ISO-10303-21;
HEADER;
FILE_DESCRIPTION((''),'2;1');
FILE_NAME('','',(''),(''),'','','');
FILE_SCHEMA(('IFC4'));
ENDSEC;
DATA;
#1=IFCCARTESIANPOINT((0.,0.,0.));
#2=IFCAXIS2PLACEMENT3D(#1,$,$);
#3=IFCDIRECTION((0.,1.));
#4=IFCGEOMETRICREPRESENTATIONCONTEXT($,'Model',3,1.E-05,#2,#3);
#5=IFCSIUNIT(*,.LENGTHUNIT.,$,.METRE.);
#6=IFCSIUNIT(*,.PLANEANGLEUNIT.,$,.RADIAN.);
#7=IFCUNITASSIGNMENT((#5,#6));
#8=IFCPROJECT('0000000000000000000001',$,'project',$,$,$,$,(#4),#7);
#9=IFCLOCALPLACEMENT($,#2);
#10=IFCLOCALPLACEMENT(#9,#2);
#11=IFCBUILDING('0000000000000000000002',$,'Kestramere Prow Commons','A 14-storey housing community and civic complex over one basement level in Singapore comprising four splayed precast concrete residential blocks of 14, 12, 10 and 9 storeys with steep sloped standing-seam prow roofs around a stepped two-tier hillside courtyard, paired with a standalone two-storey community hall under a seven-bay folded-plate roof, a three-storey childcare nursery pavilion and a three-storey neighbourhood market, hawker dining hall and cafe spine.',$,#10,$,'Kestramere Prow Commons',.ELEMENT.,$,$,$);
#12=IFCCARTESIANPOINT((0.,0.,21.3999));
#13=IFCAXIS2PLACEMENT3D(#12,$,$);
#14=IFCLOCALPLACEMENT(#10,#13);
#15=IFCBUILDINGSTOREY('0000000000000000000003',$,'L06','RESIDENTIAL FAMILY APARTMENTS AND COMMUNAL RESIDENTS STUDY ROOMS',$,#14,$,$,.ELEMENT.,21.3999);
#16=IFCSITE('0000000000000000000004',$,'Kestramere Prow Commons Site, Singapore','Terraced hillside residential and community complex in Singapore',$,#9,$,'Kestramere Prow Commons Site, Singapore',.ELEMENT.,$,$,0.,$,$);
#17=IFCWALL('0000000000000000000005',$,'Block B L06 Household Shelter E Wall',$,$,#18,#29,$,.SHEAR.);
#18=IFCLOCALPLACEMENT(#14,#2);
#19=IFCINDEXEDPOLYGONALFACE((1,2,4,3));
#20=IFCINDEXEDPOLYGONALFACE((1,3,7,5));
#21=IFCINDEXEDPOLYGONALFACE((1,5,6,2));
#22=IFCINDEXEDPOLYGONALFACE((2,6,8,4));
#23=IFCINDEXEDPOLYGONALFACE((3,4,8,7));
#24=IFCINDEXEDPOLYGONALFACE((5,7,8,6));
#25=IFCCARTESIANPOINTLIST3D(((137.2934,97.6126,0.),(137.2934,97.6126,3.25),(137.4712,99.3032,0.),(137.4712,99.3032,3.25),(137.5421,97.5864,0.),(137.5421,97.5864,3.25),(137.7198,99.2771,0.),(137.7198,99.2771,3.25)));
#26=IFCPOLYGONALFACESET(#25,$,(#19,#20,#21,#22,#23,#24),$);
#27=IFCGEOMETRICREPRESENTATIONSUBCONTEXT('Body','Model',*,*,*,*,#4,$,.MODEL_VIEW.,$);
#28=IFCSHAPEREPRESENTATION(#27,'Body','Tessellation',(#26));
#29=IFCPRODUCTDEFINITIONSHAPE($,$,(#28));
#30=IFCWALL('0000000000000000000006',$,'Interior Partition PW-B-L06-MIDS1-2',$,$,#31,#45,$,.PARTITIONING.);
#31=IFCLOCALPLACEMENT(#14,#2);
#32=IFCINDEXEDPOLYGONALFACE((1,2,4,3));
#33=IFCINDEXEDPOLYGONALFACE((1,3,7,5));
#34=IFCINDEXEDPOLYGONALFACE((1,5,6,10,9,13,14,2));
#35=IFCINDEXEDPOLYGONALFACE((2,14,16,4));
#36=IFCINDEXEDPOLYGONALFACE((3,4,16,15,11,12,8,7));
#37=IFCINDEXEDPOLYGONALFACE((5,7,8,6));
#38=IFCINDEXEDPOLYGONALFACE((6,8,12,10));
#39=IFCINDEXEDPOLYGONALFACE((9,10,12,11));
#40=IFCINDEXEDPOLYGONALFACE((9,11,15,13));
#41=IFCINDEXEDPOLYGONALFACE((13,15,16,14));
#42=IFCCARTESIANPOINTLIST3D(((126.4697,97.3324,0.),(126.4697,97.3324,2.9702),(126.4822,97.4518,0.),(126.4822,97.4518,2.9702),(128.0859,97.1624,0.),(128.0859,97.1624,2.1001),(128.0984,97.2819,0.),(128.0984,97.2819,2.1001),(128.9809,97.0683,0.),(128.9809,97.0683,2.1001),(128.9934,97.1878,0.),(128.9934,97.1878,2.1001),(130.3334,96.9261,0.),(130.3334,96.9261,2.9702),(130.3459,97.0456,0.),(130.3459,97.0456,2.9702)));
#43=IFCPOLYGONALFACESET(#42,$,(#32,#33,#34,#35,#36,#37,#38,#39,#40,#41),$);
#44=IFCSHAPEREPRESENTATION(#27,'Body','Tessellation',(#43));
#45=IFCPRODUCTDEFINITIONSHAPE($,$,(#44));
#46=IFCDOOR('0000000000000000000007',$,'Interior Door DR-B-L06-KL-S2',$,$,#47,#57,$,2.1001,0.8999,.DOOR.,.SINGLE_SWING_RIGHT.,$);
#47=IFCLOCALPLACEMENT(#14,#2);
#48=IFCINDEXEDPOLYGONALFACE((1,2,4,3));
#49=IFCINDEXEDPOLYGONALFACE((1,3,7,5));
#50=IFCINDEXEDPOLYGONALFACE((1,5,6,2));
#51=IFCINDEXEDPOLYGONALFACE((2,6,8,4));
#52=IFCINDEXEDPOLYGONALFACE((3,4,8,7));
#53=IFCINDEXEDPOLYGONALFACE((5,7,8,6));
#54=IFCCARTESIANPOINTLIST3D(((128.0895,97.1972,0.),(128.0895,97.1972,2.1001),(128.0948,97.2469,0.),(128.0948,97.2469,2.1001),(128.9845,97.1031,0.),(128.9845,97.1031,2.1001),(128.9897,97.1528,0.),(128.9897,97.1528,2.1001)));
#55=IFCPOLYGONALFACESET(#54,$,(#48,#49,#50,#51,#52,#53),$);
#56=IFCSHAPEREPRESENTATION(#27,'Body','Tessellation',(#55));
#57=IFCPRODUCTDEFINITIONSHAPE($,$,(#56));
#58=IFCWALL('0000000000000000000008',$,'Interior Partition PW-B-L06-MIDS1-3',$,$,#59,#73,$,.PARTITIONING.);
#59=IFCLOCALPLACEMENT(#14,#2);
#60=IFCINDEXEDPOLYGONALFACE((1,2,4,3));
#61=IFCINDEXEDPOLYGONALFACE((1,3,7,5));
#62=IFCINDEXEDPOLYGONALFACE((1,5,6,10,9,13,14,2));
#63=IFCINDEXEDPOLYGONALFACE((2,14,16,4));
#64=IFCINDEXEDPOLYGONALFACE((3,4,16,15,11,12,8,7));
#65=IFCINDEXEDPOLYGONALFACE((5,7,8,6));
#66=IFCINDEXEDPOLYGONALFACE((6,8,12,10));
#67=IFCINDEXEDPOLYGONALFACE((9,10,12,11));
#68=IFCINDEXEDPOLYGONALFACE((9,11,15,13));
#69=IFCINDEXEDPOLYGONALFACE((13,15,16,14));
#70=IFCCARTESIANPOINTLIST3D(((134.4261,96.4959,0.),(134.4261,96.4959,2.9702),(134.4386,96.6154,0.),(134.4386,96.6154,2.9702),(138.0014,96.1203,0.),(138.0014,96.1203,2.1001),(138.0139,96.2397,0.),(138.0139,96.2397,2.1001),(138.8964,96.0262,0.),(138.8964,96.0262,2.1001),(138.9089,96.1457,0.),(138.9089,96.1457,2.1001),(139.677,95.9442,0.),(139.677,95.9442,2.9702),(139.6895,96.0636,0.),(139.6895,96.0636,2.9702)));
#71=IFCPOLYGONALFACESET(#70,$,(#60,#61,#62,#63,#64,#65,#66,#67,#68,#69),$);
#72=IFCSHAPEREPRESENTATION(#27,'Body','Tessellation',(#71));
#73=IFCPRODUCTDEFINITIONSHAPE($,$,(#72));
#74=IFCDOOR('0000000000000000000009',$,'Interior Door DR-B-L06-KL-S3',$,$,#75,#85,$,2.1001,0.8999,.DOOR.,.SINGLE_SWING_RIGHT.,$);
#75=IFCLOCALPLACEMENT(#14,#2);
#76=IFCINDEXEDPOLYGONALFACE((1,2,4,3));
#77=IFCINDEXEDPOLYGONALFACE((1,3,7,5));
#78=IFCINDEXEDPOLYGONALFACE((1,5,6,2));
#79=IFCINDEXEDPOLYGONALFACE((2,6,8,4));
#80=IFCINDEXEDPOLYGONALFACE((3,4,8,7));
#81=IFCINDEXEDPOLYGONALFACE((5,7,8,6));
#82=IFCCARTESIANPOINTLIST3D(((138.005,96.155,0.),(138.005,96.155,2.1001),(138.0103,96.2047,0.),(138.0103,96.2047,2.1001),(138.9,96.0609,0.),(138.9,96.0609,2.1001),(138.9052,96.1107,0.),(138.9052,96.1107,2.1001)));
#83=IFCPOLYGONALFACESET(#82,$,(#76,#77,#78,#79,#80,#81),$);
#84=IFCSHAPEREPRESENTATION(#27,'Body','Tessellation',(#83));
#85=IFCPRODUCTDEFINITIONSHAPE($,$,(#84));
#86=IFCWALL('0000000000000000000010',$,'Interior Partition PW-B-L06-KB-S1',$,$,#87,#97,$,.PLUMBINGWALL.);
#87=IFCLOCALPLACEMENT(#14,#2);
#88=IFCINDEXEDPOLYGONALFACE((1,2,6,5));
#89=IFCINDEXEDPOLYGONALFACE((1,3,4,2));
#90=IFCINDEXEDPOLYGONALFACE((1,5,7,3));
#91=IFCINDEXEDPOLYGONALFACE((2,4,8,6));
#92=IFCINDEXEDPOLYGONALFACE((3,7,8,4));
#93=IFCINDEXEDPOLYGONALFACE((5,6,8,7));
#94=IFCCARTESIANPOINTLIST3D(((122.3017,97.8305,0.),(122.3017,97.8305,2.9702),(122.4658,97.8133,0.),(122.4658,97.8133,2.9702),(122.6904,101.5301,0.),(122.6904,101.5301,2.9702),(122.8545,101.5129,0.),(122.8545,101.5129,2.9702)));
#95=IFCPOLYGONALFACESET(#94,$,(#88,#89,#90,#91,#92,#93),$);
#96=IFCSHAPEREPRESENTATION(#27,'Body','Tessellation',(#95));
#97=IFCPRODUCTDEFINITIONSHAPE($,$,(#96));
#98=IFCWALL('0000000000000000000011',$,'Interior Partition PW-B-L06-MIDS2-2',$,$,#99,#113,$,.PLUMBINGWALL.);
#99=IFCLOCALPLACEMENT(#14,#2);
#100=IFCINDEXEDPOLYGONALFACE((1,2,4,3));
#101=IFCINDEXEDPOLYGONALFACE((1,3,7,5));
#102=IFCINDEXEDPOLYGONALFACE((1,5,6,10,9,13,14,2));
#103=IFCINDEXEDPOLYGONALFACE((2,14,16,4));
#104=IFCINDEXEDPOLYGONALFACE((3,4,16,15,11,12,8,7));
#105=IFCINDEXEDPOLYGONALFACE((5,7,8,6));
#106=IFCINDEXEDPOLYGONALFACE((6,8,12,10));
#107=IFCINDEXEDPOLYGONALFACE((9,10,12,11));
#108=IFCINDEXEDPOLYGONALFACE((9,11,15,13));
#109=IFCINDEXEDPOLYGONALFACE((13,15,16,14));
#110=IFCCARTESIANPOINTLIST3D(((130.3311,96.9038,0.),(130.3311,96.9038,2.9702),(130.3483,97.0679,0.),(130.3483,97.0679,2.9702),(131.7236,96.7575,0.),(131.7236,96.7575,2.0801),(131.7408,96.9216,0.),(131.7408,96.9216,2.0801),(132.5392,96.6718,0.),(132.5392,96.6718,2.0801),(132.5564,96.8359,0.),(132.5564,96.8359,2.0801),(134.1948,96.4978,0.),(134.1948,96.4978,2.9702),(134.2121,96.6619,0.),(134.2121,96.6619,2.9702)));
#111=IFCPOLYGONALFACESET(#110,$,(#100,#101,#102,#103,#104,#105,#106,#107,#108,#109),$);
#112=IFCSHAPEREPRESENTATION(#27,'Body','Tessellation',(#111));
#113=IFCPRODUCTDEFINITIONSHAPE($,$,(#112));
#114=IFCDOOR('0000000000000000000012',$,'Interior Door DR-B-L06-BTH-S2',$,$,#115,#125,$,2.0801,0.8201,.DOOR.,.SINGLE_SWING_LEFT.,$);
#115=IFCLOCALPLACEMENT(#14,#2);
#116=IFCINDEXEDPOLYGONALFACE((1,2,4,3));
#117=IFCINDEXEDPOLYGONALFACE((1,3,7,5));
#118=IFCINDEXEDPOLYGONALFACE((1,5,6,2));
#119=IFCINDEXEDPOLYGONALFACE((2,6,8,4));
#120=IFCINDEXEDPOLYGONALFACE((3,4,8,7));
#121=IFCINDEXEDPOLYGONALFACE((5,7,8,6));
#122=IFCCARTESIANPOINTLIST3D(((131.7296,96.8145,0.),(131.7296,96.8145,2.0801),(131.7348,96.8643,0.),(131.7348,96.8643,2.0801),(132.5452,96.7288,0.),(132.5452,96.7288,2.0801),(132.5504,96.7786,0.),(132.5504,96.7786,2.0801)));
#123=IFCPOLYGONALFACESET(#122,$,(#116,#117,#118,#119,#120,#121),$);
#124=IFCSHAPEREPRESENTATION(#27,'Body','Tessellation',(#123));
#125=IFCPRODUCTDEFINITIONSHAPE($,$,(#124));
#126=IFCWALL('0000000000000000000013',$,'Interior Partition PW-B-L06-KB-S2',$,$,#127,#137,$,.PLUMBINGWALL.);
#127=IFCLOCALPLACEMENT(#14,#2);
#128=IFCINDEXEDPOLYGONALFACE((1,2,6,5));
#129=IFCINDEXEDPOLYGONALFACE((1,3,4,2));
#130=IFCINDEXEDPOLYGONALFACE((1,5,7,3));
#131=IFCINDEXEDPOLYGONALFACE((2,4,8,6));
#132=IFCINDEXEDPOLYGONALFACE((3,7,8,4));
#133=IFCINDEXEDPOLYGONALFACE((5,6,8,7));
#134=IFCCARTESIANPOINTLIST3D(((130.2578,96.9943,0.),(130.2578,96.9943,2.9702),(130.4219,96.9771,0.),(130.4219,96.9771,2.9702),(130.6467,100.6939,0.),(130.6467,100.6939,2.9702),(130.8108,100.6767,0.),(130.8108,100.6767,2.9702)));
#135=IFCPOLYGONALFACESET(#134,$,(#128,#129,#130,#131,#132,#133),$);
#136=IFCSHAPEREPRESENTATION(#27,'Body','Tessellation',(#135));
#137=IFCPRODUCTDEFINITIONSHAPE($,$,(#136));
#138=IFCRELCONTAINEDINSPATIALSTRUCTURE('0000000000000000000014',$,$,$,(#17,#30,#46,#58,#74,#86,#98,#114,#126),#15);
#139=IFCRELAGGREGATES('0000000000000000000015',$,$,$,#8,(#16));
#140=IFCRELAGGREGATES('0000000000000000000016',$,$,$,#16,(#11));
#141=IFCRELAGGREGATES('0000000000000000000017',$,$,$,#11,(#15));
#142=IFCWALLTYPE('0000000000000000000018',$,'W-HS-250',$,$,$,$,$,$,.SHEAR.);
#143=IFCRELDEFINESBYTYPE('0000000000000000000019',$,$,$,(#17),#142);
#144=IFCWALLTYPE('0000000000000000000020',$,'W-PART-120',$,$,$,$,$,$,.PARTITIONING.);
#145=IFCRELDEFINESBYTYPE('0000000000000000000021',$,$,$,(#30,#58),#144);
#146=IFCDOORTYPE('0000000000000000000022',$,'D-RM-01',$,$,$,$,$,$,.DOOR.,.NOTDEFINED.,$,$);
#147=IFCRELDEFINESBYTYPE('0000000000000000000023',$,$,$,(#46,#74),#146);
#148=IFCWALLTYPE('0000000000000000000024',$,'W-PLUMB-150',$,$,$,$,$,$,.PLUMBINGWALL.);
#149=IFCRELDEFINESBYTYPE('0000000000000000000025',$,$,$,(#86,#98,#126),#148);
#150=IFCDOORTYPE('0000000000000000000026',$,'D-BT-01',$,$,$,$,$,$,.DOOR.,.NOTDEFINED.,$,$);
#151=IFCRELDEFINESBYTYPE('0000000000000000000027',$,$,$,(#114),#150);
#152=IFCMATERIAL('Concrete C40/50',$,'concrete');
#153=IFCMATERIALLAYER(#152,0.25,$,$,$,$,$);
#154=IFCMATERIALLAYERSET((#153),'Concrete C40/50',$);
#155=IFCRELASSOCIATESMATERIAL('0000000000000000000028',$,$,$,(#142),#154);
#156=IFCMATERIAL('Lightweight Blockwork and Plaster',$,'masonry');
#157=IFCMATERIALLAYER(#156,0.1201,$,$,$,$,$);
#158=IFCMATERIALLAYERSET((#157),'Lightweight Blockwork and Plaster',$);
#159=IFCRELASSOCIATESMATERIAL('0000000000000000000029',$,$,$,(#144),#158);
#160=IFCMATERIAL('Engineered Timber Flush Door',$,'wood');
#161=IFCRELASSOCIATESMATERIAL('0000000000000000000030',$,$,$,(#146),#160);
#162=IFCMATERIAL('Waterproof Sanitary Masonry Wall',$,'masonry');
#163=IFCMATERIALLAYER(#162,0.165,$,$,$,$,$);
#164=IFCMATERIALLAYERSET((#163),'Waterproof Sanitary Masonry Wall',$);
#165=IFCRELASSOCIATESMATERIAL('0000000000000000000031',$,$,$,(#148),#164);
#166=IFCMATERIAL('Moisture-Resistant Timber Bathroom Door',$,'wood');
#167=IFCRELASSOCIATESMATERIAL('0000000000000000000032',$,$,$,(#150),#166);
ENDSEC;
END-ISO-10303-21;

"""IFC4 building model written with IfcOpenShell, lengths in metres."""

from ifc_helpers import new_model, si_unit, direction, frame, frame_2d, origin, place, context, subcontext, project, spatial, rectangle, extrude, material, layer, layer_set, type_object, element, fill, save


model = new_model("IFC4")

# Units and contexts
model_context = context("Model", 3, precision=1e-05, world=origin(), true_north=direction((0.0, 1.0)))
body_context = subcontext(model_context, "Body", "Model", "MODEL_VIEW")
ifc_project = project(units=[si_unit("LENGTHUNIT", "METRE"), si_unit("PLANEANGLEUNIT", "RADIAN")], contexts=[model_context])

# Site, building, storey
site_placement = place(None, origin())
site = spatial("IfcSite", under=ifc_project, at=site_placement, Name="Kestramere Prow Commons Site, Singapore", Description="Terraced hillside residential and community complex in Singapore", LongName="Kestramere Prow Commons Site, Singapore", CompositionType="ELEMENT", RefElevation=0.0)
building_placement = place(site_placement, origin())
building = spatial("IfcBuilding", under=site, at=building_placement, Name="Kestramere Prow Commons", Description="A 14-storey housing community and civic complex over one basement level in Singapore comprising four splayed precast concrete residential blocks of 14, 12, 10 and 9 storeys with steep sloped standing-seam prow roofs around a stepped two-tier hillside courtyard, paired with a standalone two-storey community hall under a seven-bay folded-plate roof, a three-storey childcare nursery pavilion and a three-storey neighbourhood market, hawker dining hall and cafe spine.", LongName="Kestramere Prow Commons", CompositionType="ELEMENT")
storey_placement = place(building_placement, frame((0.0, 0.0, 21.3999)))
storey = spatial("IfcBuildingStorey", under=building, at=storey_placement, Name="L06", Description="RESIDENTIAL FAMILY APARTMENTS AND COMMUNAL RESIDENTS STUDY ROOMS", CompositionType="ELEMENT", Elevation=21.3999)

# Shared definitions
ifc_material_1 = material(Name="Concrete C40/50", Category="concrete")
ifc_layer_1 = layer(ifc_material_1, 0.25)
ifc_layer_set_1 = layer_set([ifc_layer_1], Name="Concrete C40/50")
wall_type_1 = type_object("IfcWallType", Name="W-HS-250", PredefinedType="SHEAR", material=ifc_layer_set_1)

# Wall
for number, where, z_axis, x_axis, name in (
    (1, (137.4177, 97.5994, 0.0), (0.0, 0.0, 1.0), (0.10455, 0.99452, 0.0), "Block B L06 Household Shelter E Wall"),
):
    element("IfcWall", number, at=place(storey_placement, frame(where, z_axis=z_axis, x_axis=x_axis)), inside=storey, type_object=wall_type_1, Name=name, PredefinedType="SHEAR", context=body_context, shape_type="SweptSolid", body=[
        extrude(rectangle(XDim=1.7, YDim=0.25, at=frame_2d((0.8501, 0.0))), origin(), (0.0, 0.0, 1.0), 3.25),
    ])

# Walls, openings, doors
ifc_material_2 = material(Name="Lightweight Blockwork and Plaster", Category="masonry")
ifc_layer_2 = layer(ifc_material_2, 0.1201)
ifc_layer_set_2 = layer_set([ifc_layer_2], Name="Lightweight Blockwork and Plaster")
wall_type_2 = type_object("IfcWallType", Name="W-PART-120", PredefinedType="PARTITIONING", material=ifc_layer_set_2)
wall_1_placement = place(storey_placement, frame((126.4761, 97.3921, 0.0), z_axis=(0.0, 0.0, 1.0), x_axis=(0.994518, -0.104567, 0.0)))
wall_1 = element("IfcWall", 2, at=wall_1_placement, inside=storey, type_object=wall_type_2, Name="Interior Partition PW-B-L06-MIDS1-2", PredefinedType="PARTITIONING", context=body_context, shape_type="SweptSolid", body=[
    extrude(rectangle(XDim=3.885, YDim=0.1201, at=frame_2d((1.9424, 0.0))), origin(), (0.0, 0.0, 1.0), 2.9702),
])
opening_1_placement = place(wall_1_placement, frame((1.625, 0.0, 0.0)))
opening_1 = element("IfcOpeningElement", 3, at=opening_1_placement, cuts=wall_1, PredefinedType="OPENING", context=body_context, shape_type="SweptSolid", body=[
    extrude(rectangle(XDim=0.8999, YDim=2.1001, at=frame_2d((0.45, 1.05))), frame((0.0, 0.075, 0.0), z_axis=(0.0, -1.0, 0.0), x_axis=(1.0, 0.0, 0.0)), (0.0, 0.0, 1.0), 0.1501),
])
ifc_material_3 = material(Name="Engineered Timber Flush Door", Category="wood")
door_type_1 = type_object("IfcDoorType", Name="D-RM-01", OperationType="NOTDEFINED", PredefinedType="DOOR", material=ifc_material_3)
door_1_placement = place(opening_1_placement, origin())
door_1 = element("IfcDoor", 4, at=door_1_placement, inside=storey, type_object=door_type_1, Name="Interior Door DR-B-L06-KL-S2", OperationType="SINGLE_SWING_RIGHT", OverallHeight=2.1001, OverallWidth=0.8999, PredefinedType="DOOR", context=body_context, shape_type="SweptSolid", body=[
    extrude(rectangle(XDim=0.8999, YDim=2.1001, at=frame_2d((0.45, 1.05))), frame((0.0, 0.0249, 0.0), z_axis=(0.0, -1.0, 0.0), x_axis=(1.0, 0.0, 0.0)), (0.0, 0.0, 1.0), 0.05),
])
fill(opening_1, door_1)
wall_2_placement = place(storey_placement, frame((134.4324, 96.5557, 0.0), z_axis=(0.0, 0.0, 1.0), x_axis=(0.994525, -0.104502, 0.0)))
wall_2 = element("IfcWall", 5, at=wall_2_placement, inside=storey, type_object=wall_type_2, Name="Interior Partition PW-B-L06-MIDS1-3", PredefinedType="PARTITIONING", context=body_context, shape_type="SweptSolid", body=[
    extrude(rectangle(XDim=5.2798, YDim=0.1201, at=frame_2d((2.6399, 0.0))), origin(), (0.0, 0.0, 1.0), 2.9702),
])
opening_2_placement = place(wall_2_placement, frame((3.595, 0.0, 0.0)))
opening_2 = element("IfcOpeningElement", 6, at=opening_2_placement, cuts=wall_2, PredefinedType="OPENING", context=body_context, shape_type="SweptSolid", body=[
    extrude(rectangle(XDim=0.8999, YDim=2.1001, at=frame_2d((0.45, 1.05))), frame((0.0, 0.075, 0.0), z_axis=(0.0, -1.0, 0.0), x_axis=(1.0, 0.0, 0.0)), (0.0, 0.0, 1.0), 0.1501),
])
door_2_placement = place(opening_2_placement, origin())
door_2 = element("IfcDoor", 7, at=door_2_placement, inside=storey, type_object=door_type_1, Name="Interior Door DR-B-L06-KL-S3", OperationType="SINGLE_SWING_RIGHT", OverallHeight=2.1001, OverallWidth=0.8999, PredefinedType="DOOR", context=body_context, shape_type="SweptSolid", body=[
    extrude(rectangle(XDim=0.8999, YDim=2.1001, at=frame_2d((0.45, 1.05))), frame((0.0, 0.0249, 0.0), z_axis=(0.0, -1.0, 0.0), x_axis=(1.0, 0.0, 0.0)), (0.0, 0.0, 1.0), 0.05),
])
fill(opening_2, door_2)

# Wall
ifc_material_4 = material(Name="Waterproof Sanitary Masonry Wall", Category="masonry")
ifc_layer_3 = layer(ifc_material_4, 0.165)
ifc_layer_set_3 = layer_set([ifc_layer_3], Name="Waterproof Sanitary Masonry Wall")
wall_type_3 = type_object("IfcWallType", Name="W-PLUMB-150", PredefinedType="PLUMBINGWALL", material=ifc_layer_set_3)
wall_3_placement = place(storey_placement, frame((122.3838, 97.822, 0.0), z_axis=(0.0, 0.0, 1.0), x_axis=(0.10448, 0.994527, 0.0)))
element("IfcWall", 8, at=wall_3_placement, inside=storey, type_object=wall_type_3, Name="Interior Partition PW-B-L06-KB-S1", PredefinedType="PLUMBINGWALL", context=body_context, shape_type="SweptSolid", body=[
    extrude(rectangle(XDim=3.72, YDim=0.165, at=frame_2d((1.8599, 0.0))), origin(), (0.0, 0.0, 1.0), 2.9702),
])

# Wall, opening, door
wall_4_placement = place(storey_placement, frame((130.3398, 96.9858, 0.0), z_axis=(0.0, 0.0, 1.0), x_axis=(0.994524, -0.104505, 0.0)))
wall_4 = element("IfcWall", 9, at=wall_4_placement, inside=storey, type_object=wall_type_3, Name="Interior Partition PW-B-L06-MIDS2-2", PredefinedType="PLUMBINGWALL", context=body_context, shape_type="SweptSolid", body=[
    extrude(rectangle(XDim=3.885, YDim=0.165, at=frame_2d((1.9424, 0.0))), origin(), (0.0, 0.0, 1.0), 2.9702),
])
opening_3_placement = place(wall_4_placement, frame((1.3999, 0.0, 0.0)))
opening_3 = element("IfcOpeningElement", 10, at=opening_3_placement, cuts=wall_4, PredefinedType="OPENING", context=body_context, shape_type="SweptSolid", body=[
    extrude(rectangle(XDim=0.8201, YDim=2.0801, at=frame_2d((0.4102, 1.04))), frame((0.0, 0.0974, 0.0), z_axis=(0.0, -1.0, 0.0), x_axis=(1.0, 0.0, 0.0)), (0.0, 0.0, 1.0), 0.1951),
])
ifc_material_5 = material(Name="Moisture-Resistant Timber Bathroom Door", Category="wood")
door_type_2 = type_object("IfcDoorType", Name="D-BT-01", OperationType="NOTDEFINED", PredefinedType="DOOR", material=ifc_material_5)
door_3_placement = place(opening_3_placement, origin())
door_3 = element("IfcDoor", 11, at=door_3_placement, inside=storey, type_object=door_type_2, Name="Interior Door DR-B-L06-BTH-S2", OperationType="SINGLE_SWING_LEFT", OverallHeight=2.0801, OverallWidth=0.8201, PredefinedType="DOOR", context=body_context, shape_type="SweptSolid", body=[
    extrude(rectangle(XDim=0.8201, YDim=2.0801, at=frame_2d((0.4102, 1.04))), frame((0.0, 0.0249, 0.0), z_axis=(0.0, -1.0, 0.0), x_axis=(1.0, 0.0, 0.0)), (0.0, 0.0, 1.0), 0.05),
])
fill(opening_3, door_3)

# Wall
wall_5_placement = place(storey_placement, frame((130.3398, 96.9858, 0.0), z_axis=(0.0, 0.0, 1.0), x_axis=(0.104545, 0.99452, 0.0)))
element("IfcWall", 12, at=wall_5_placement, inside=storey, type_object=wall_type_3, Name="Interior Partition PW-B-L06-KB-S2", PredefinedType="PLUMBINGWALL", context=body_context, shape_type="SweptSolid", body=[
    extrude(rectangle(XDim=3.72, YDim=0.165, at=frame_2d((1.8599, 0.0))), origin(), (0.0, 0.0, 1.0), 2.9702),
])

save(model, "model.ifc")
